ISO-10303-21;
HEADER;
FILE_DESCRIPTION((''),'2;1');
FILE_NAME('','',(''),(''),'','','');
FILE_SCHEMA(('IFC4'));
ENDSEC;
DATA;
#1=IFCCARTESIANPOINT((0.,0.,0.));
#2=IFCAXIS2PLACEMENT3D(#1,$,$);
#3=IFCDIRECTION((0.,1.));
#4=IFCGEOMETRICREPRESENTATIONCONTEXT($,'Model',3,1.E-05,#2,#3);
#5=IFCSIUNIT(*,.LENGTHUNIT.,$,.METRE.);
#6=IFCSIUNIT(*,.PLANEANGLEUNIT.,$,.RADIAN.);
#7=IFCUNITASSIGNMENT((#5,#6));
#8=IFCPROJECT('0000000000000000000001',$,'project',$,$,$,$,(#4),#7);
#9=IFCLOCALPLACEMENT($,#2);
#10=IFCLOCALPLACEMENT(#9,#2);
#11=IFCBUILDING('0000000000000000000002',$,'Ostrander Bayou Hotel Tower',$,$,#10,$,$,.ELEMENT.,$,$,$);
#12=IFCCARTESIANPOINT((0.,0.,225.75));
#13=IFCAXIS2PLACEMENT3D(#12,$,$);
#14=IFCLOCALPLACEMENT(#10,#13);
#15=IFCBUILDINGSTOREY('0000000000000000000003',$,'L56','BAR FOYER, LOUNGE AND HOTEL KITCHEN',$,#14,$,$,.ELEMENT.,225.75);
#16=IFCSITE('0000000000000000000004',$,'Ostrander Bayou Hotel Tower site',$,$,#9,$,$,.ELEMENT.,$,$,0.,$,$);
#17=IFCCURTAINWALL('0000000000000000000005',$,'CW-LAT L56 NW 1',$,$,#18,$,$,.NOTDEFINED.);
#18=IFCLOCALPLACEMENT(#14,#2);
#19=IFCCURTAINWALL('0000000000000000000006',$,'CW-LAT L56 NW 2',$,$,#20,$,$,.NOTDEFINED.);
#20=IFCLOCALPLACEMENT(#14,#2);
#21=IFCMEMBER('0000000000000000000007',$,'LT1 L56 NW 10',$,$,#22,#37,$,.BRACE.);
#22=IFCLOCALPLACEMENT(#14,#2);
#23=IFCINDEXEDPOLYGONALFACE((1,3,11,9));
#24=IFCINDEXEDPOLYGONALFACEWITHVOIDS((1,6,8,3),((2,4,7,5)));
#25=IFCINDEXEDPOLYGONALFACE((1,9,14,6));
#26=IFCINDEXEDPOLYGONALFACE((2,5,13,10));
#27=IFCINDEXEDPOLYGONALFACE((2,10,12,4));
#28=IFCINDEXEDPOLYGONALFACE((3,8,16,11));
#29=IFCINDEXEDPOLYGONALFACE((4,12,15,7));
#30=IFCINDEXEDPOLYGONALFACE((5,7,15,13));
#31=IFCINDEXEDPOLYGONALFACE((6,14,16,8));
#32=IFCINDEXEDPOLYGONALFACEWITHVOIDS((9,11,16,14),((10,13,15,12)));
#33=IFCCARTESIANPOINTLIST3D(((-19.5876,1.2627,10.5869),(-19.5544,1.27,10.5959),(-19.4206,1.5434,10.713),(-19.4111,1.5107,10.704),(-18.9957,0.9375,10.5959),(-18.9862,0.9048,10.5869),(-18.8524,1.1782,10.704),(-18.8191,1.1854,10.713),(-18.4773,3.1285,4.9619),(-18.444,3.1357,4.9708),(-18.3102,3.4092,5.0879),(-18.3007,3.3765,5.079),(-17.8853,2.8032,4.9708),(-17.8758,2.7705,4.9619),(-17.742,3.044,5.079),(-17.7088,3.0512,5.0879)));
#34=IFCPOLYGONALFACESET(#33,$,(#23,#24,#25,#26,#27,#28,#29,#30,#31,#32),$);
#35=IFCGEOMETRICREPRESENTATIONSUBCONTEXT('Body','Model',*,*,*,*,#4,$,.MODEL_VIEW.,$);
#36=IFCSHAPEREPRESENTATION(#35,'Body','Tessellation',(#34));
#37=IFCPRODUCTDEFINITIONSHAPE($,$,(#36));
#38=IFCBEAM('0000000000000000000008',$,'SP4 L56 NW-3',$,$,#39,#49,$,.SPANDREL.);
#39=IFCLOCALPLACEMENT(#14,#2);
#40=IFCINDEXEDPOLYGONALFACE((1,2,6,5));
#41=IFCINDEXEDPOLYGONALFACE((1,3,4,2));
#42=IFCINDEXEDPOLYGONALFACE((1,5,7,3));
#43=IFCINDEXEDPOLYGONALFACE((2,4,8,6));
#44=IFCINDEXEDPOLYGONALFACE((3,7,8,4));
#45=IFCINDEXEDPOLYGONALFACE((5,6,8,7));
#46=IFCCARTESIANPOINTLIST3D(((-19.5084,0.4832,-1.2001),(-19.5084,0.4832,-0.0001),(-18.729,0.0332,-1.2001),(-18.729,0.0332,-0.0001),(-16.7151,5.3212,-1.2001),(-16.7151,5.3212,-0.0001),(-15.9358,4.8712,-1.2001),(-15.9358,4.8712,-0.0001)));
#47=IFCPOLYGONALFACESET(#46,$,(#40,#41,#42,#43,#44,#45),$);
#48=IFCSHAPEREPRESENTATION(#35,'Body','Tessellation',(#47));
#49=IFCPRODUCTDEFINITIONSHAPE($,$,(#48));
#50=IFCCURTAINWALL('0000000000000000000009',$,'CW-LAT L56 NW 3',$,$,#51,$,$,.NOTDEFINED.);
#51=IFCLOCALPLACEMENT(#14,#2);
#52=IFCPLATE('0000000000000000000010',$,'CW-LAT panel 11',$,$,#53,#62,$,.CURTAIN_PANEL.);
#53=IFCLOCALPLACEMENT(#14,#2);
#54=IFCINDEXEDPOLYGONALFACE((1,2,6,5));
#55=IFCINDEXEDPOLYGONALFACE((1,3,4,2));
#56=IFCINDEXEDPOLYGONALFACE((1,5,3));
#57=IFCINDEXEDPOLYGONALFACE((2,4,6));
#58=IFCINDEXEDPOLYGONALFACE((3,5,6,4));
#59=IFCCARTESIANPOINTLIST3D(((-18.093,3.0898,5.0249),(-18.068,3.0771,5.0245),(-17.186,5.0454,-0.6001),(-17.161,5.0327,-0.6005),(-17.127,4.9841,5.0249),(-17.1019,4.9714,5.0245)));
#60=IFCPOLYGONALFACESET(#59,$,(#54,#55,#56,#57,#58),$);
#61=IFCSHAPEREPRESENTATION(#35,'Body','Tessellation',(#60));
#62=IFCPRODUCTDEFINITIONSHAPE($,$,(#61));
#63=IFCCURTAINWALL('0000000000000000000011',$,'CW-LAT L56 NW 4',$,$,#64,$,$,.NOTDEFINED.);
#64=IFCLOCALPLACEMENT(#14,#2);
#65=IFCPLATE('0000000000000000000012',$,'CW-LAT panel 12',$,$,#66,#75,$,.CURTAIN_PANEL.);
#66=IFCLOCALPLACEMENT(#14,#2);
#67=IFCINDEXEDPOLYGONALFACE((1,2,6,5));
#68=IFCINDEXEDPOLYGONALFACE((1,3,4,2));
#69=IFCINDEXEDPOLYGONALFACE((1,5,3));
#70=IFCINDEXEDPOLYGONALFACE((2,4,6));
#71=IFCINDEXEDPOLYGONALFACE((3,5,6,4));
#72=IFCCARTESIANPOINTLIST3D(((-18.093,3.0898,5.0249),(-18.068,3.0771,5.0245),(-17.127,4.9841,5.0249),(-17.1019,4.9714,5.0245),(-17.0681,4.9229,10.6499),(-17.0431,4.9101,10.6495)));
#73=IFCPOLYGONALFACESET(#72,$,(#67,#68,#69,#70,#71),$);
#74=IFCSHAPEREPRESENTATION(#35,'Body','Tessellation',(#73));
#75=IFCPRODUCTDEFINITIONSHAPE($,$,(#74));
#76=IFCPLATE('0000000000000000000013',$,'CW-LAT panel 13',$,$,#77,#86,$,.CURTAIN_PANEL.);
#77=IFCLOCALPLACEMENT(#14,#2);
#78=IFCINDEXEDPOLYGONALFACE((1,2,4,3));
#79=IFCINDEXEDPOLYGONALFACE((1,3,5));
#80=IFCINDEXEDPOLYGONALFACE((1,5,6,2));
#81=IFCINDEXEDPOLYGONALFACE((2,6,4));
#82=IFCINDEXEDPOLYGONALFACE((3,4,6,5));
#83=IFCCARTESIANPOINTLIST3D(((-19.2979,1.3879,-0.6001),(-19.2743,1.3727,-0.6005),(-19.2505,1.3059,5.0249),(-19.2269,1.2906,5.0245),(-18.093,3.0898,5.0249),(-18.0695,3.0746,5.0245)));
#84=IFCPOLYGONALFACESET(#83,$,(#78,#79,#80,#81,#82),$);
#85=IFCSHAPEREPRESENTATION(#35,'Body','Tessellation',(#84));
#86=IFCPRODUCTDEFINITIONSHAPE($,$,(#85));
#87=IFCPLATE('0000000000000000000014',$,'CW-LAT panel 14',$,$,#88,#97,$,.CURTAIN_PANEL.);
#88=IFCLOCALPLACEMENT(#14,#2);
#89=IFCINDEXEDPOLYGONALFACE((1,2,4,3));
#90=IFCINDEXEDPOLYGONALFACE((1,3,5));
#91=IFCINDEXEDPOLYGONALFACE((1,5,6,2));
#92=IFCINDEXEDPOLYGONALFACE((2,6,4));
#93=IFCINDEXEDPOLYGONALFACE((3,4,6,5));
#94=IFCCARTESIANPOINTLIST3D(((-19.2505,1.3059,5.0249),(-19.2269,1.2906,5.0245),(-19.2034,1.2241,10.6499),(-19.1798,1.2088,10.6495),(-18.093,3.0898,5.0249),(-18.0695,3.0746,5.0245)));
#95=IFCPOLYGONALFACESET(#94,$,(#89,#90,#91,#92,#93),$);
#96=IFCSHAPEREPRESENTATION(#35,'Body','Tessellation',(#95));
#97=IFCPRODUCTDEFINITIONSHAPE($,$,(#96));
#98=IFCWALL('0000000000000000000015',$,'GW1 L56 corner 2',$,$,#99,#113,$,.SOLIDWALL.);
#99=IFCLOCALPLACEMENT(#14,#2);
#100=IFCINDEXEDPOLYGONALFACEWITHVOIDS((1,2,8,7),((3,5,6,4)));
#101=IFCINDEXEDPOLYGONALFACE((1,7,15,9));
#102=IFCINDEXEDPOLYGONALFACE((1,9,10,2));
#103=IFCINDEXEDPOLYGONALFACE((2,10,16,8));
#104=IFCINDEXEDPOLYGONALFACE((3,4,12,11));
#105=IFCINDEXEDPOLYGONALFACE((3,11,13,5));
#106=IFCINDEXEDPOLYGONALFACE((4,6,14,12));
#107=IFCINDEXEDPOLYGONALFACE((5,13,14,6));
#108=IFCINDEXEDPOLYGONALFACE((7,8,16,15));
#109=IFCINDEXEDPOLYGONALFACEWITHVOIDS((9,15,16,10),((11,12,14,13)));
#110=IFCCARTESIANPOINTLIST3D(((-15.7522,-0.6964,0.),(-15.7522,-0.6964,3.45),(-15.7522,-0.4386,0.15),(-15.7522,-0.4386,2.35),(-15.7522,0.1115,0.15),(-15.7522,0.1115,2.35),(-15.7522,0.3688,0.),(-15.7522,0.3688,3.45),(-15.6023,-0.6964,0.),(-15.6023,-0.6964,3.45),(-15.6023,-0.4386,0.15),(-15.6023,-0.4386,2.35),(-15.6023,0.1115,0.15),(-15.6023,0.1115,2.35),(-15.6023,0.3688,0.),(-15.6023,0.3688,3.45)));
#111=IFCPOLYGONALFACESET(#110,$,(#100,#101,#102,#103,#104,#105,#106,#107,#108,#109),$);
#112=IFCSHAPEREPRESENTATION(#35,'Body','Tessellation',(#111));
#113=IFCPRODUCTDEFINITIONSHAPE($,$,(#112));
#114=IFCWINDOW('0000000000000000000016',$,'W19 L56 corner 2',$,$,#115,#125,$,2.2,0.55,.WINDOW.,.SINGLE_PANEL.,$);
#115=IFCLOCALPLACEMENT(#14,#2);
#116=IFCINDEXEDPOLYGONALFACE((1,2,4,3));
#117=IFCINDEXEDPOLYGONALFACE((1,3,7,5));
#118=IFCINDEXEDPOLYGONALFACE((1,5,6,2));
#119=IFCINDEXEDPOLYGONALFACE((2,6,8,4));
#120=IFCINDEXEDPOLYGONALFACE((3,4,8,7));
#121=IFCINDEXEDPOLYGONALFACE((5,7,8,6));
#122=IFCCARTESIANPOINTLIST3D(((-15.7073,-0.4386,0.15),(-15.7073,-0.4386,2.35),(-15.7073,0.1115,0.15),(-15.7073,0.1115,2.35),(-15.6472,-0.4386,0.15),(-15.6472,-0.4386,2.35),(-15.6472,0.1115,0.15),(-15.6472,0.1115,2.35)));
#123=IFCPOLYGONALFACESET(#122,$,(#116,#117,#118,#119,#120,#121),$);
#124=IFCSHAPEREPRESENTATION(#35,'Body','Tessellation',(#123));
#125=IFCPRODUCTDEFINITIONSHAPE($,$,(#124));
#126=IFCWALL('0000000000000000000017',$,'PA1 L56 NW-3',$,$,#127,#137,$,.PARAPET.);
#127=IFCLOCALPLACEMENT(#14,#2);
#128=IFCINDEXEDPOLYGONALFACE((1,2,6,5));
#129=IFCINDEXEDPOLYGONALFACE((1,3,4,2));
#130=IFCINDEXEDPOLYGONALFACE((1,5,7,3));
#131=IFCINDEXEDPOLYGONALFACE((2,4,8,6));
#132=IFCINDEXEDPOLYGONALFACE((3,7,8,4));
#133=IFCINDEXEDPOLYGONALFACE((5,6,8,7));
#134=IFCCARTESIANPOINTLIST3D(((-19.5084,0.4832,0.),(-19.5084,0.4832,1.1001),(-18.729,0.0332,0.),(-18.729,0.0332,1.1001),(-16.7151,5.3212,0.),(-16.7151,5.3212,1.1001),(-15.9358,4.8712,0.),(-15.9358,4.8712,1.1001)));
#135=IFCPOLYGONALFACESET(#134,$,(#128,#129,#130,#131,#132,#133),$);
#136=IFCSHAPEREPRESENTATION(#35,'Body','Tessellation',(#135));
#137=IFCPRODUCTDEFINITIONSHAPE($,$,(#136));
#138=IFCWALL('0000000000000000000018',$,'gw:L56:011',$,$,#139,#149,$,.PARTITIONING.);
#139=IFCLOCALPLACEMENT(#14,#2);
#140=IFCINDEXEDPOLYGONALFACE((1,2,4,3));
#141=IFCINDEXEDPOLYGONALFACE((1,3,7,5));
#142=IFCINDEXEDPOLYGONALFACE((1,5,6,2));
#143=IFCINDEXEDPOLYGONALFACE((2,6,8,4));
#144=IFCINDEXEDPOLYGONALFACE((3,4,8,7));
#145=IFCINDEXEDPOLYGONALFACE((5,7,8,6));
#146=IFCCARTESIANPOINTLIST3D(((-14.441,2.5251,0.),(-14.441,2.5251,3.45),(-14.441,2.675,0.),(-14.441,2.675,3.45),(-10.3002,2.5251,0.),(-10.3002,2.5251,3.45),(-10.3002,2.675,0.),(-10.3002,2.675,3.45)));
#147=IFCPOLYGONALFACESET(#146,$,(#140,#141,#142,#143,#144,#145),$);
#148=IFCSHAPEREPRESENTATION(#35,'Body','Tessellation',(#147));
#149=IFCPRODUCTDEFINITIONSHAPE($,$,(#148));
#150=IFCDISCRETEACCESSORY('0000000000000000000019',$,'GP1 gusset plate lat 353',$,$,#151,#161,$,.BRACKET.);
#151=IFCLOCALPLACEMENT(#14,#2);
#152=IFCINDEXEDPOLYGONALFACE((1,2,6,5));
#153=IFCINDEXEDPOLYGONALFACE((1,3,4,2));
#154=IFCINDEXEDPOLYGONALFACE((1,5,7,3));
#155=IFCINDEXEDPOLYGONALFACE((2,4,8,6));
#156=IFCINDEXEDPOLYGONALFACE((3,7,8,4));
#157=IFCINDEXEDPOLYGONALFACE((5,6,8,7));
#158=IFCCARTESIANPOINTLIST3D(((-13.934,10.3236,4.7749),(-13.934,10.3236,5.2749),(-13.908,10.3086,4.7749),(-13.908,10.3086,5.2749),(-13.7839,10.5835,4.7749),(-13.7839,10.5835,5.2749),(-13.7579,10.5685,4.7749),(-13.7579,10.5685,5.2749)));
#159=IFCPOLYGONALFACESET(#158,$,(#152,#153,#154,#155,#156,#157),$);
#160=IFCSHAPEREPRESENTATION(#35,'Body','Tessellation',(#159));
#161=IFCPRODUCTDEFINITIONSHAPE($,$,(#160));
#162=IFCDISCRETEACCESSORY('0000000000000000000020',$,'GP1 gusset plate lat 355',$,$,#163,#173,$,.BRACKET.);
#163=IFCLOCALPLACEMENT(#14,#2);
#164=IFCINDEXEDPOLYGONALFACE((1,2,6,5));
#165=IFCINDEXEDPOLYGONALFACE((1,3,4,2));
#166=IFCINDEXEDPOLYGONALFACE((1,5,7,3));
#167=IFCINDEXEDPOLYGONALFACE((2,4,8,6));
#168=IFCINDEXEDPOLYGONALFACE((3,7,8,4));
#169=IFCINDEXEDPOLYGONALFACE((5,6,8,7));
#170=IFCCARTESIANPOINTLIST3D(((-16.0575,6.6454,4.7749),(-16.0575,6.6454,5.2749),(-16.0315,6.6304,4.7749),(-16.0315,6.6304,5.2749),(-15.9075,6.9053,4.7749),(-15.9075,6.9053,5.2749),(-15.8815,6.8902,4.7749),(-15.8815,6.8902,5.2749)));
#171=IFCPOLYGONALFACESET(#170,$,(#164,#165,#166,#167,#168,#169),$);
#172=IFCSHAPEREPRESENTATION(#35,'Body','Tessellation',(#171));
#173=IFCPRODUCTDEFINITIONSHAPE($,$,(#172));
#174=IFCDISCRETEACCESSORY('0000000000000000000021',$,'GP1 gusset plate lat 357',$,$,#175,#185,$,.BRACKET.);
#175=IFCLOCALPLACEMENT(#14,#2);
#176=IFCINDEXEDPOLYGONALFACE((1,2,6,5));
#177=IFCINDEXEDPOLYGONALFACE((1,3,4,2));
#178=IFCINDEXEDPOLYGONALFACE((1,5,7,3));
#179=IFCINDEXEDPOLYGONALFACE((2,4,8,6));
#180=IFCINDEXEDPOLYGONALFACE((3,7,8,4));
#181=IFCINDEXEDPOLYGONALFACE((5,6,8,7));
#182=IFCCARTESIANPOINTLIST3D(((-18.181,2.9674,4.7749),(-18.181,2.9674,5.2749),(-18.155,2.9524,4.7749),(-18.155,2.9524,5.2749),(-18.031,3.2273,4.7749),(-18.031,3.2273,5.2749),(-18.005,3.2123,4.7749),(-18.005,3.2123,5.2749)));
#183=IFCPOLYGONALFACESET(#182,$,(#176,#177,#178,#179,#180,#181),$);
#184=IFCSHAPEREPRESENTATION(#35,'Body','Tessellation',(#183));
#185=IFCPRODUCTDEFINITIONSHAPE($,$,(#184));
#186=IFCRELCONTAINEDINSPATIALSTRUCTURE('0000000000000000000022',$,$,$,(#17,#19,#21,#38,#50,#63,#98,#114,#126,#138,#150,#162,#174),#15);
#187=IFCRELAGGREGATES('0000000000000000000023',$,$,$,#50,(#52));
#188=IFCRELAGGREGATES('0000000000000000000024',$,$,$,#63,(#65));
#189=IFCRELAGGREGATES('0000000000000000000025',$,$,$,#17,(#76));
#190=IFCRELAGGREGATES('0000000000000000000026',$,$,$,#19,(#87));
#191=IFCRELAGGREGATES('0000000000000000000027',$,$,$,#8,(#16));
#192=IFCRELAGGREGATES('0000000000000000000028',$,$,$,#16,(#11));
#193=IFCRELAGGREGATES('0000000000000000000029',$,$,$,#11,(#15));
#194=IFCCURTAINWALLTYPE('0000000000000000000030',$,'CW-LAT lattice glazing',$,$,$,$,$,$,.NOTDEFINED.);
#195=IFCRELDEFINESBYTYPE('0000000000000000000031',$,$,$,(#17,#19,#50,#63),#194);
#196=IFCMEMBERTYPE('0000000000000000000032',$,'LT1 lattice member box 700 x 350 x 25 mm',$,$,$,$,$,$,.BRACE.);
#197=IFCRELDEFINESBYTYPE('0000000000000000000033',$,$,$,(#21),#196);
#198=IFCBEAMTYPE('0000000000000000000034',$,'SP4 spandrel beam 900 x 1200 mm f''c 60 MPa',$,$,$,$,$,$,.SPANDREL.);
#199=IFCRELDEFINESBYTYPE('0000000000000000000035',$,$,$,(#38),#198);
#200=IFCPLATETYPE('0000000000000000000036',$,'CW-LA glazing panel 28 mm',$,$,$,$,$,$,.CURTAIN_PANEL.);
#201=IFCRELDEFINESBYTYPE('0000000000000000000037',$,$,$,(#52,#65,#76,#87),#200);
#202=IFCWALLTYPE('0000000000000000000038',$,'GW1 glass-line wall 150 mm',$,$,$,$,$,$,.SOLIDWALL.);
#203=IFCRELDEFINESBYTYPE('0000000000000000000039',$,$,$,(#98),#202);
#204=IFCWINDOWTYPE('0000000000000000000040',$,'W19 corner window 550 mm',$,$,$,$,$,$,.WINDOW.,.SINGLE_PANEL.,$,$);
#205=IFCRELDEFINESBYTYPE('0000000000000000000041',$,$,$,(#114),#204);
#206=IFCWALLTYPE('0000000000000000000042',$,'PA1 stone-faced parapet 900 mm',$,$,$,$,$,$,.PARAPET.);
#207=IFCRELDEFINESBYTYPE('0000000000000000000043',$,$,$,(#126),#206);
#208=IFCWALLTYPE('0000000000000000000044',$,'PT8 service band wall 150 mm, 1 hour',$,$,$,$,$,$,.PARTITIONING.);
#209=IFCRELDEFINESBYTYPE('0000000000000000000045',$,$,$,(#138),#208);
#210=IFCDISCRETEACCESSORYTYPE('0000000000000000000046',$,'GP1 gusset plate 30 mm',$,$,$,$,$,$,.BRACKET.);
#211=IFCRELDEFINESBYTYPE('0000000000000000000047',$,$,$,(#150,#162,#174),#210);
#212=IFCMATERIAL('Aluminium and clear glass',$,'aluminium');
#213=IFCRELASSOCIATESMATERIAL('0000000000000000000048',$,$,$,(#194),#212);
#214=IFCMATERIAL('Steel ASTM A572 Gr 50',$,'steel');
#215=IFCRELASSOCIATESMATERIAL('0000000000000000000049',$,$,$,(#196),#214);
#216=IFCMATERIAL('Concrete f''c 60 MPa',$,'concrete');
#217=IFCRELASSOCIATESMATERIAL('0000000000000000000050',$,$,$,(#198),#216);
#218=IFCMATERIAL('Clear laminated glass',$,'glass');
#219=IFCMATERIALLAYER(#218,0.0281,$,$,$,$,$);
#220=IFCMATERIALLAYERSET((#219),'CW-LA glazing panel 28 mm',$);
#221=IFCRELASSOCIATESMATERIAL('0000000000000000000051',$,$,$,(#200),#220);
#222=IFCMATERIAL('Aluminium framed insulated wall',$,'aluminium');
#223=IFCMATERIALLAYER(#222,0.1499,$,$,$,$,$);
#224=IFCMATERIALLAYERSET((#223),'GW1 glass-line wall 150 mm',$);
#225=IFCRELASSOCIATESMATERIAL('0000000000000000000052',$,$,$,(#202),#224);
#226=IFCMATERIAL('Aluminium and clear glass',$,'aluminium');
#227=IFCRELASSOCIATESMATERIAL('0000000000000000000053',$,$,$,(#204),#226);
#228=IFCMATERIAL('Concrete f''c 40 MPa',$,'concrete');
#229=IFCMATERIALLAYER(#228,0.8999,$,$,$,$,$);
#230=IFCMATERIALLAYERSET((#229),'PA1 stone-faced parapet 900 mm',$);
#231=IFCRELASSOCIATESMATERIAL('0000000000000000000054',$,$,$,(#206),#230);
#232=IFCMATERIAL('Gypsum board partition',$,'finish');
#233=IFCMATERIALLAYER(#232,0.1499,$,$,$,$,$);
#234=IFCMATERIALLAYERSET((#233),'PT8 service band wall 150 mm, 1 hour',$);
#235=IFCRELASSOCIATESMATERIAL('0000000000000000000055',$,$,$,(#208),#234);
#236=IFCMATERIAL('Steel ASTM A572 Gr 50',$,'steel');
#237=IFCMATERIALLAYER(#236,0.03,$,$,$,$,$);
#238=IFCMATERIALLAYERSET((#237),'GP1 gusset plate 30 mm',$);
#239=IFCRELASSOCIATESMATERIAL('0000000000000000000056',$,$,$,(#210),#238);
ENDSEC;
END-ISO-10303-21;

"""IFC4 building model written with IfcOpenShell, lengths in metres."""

from ifc_helpers import new_model, si_unit, direction, frame, frame_2d, origin, origin_2d, place, context, subcontext, project, spatial, polyline, rectangle, hollow_rectangle, outline, extrude, material, layer, layer_set, material_profile, profile_set, type_object, element, fill, aggregate, save


model = new_model("IFC4")

# Units and contexts
model_context = context("Model", 3, precision=1e-05, world=origin(), true_north=direction((0.0, 1.0)))
body_context = subcontext(model_context, "Body", "Model", "MODEL_VIEW")
ifc_project = project(units=[si_unit("LENGTHUNIT", "METRE"), si_unit("PLANEANGLEUNIT", "RADIAN")], contexts=[model_context])

# Site, building, storey
site_placement = place(None, origin())
site = spatial("IfcSite", under=ifc_project, at=site_placement, Name="Ostrander Bayou Hotel Tower site", CompositionType="ELEMENT", RefElevation=0.0)
building_placement = place(site_placement, origin())
building = spatial("IfcBuilding", under=site, at=building_placement, Name="Ostrander Bayou Hotel Tower", CompositionType="ELEMENT")
storey_placement = place(building_placement, frame((0.0, 0.0, 225.75)))
storey = spatial("IfcBuildingStorey", under=building, at=storey_placement, Name="L56", Description="BAR FOYER, LOUNGE AND HOTEL KITCHEN", CompositionType="ELEMENT", Elevation=225.75)

# Curtain wall
ifc_material_1 = material(Name="Aluminium and clear glass", Category="aluminium")
curtain_wall_type = type_object("IfcCurtainWallType", Name="CW-LAT lattice glazing", PredefinedType="NOTDEFINED", material=ifc_material_1)
curtain_wall_1_placement = place(storey_placement, origin())
curtain_wall_1 = element("IfcCurtainWall", 1, at=curtain_wall_1_placement, inside=storey, type_object=curtain_wall_type, Name="CW-LAT L56 NW 1", PredefinedType="NOTDEFINED")

# Curtain wall
curtain_wall_2_placement = place(storey_placement, origin())
curtain_wall_2 = element("IfcCurtainWall", 2, at=curtain_wall_2_placement, inside=storey, type_object=curtain_wall_type, Name="CW-LAT L56 NW 2", PredefinedType="NOTDEFINED")

# Member
ifc_material_2 = material(Name="Steel ASTM A572 Gr 50", Category="steel")
ifc_material_profile_1 = material_profile(ifc_material_2, hollow_rectangle(XDim=0.7, YDim=0.3501, WallThickness=0.0249, at=origin_2d()))
ifc_profile_set_1 = profile_set([ifc_material_profile_1], Name="Steel ASTM A572 Gr 50")
member_type_1 = type_object("IfcMemberType", Name="LT1 lattice member box 700 x 350 x 25 mm", PredefinedType="BRACE", material=ifc_profile_set_1)
member_1_placement = place(storey_placement, frame((-18.093, 3.0898, 5.0249), z_axis=(-0.184154, -0.309434, 0.932919), x_axis=(0.859333, -0.511417, 0.0)))
element("IfcMember", 3, at=member_1_placement, inside=storey, type_object=member_type_1, Name="LT1 L56 NW 10", PredefinedType="BRACE", context=body_context, shape_type="SweptSolid", body=[
    extrude(hollow_rectangle(XDim=0.7, YDim=0.3501, WallThickness=0.0249, at=origin_2d()), origin(), (0.0, 0.0, 1.0), 6.0295),
])

# Beam
ifc_material_3 = material(Name="Concrete f'c 60 MPa", Category="concrete")
ifc_material_profile_2 = material_profile(ifc_material_3, rectangle(XDim=0.8999, YDim=1.2, at=origin_2d()))
ifc_profile_set_2 = profile_set([ifc_material_profile_2], Name="Concrete f'c 60 MPa")
beam_type_1 = type_object("IfcBeamType", Name="SP4 spandrel beam 900 x 1200 mm f'c 60 MPa", PredefinedType="SPANDREL", material=ifc_profile_set_2)
beam_1_placement = place(storey_placement, frame((-16.3254, 5.0962, -0.6001), z_axis=(-0.500007, -0.866021, 0.0), x_axis=(0.866021, -0.500007, 0.0)))
element("IfcBeam", 4, at=beam_1_placement, inside=storey, type_object=beam_type_1, Name="SP4 L56 NW-3", PredefinedType="SPANDREL", context=body_context, shape_type="SweptSolid", body=[
    extrude(rectangle(XDim=0.8999, YDim=1.2, at=origin_2d()), origin(), (0.0, 0.0, 1.0), 5.5864),
])

# Curtain walls, plates
curtain_wall_3_placement = place(storey_placement, origin())
curtain_wall_3 = element("IfcCurtainWall", 5, at=curtain_wall_3_placement, inside=storey, type_object=curtain_wall_type, Name="CW-LAT L56 NW 3", PredefinedType="NOTDEFINED")
ifc_material_4 = material(Name="Clear laminated glass", Category="glass")
ifc_layer_1 = layer(ifc_material_4, 0.0281)
ifc_layer_set_1 = layer_set([ifc_layer_1], Name="CW-LA glazing panel 28 mm")
plate_type = type_object("IfcPlateType", Name="CW-LA glazing panel 28 mm", PredefinedType="CURTAIN_PANEL", material=ifc_layer_set_1)
plate_1_placement = place(storey_placement, frame((-18.093, 3.0898, 5.0249), z_axis=(-0.890748, 0.454271, 0.014305), x_axis=(0.150564, 0.324634, -0.933779)))
plate_1 = element("IfcPlate", 6, at=plate_1_placement, type_object=plate_type, Name="CW-LAT panel 11", PredefinedType="CURTAIN_PANEL", context=body_context, shape_type="SweptSolid", body=[
    extrude(outline(polyline([(0.0, 0.0), (6.0239, 0.0), (0.7604, -1.9858), (0.0, 0.0)])), origin(), (0.0, 0.0, -1.0), 0.0281),
])
aggregate(curtain_wall_3, [plate_1])
curtain_wall_4_placement = place(storey_placement, origin())
curtain_wall_4 = element("IfcCurtainWall", 7, at=curtain_wall_4_placement, inside=storey, type_object=curtain_wall_type, Name="CW-LAT L56 NW 4", PredefinedType="NOTDEFINED")
plate_2_placement = place(storey_placement, frame((-18.093, 3.0898, 5.0249), z_axis=(-0.890749, 0.454272, 0.014266), x_axis=(0.170696, 0.305285, 0.936837)))
plate_2 = element("IfcPlate", 8, at=plate_2_placement, type_object=plate_type, Name="CW-LAT panel 12", PredefinedType="CURTAIN_PANEL", context=body_context, shape_type="SweptSolid", body=[
    extrude(outline(polyline([(0.0, 0.0), (6.0042, 0.0), (0.7432, 1.9923), (0.0, 0.0)])), origin(), (0.0, 0.0, -1.0), 0.0281),
])
aggregate(curtain_wall_4, [plate_2])

# Plates
plate_3_placement = place(storey_placement, frame((-18.093, 3.0898, 5.0249), z_axis=(-0.838797, 0.544237, 0.015), x_axis=(-0.200837, -0.283695, -0.937647)))
plate_3 = element("IfcPlate", 9, at=plate_3_placement, type_object=plate_type, Name="CW-LAT panel 13", PredefinedType="CURTAIN_PANEL", context=body_context, shape_type="SweptSolid", body=[
    extrude(outline(polyline([(0.0, 0.0), (5.9991, 0.0), (0.7386, 1.9942), (0.0, 0.0)])), origin(), (0.0, 0.0, -1.0), 0.0281),
])
aggregate(curtain_wall_1, [plate_3])
plate_4_placement = place(storey_placement, frame((-18.093, 3.0898, 5.0249), z_axis=(-0.838798, 0.544237, 0.01494), x_axis=(-0.184154, -0.309434, 0.932919)))
plate_4 = element("IfcPlate", 10, at=plate_4_placement, type_object=plate_type, Name="CW-LAT panel 14", PredefinedType="CURTAIN_PANEL", context=body_context, shape_type="SweptSolid", body=[
    extrude(outline(polyline([(0.0, 0.0), (6.0295, 0.0), (0.7652, -1.9841), (0.0, 0.0)])), origin(), (0.0, 0.0, -1.0), 0.0281),
])
aggregate(curtain_wall_2, [plate_4])

# Wall, opening, window
ifc_material_5 = material(Name="Aluminium framed insulated wall", Category="aluminium")
ifc_layer_2 = layer(ifc_material_5, 0.1499)
ifc_layer_set_2 = layer_set([ifc_layer_2], Name="GW1 glass-line wall 150 mm")
wall_type_1 = type_object("IfcWallType", Name="GW1 glass-line wall 150 mm", PredefinedType="SOLIDWALL", material=ifc_layer_set_2)
wall_1_placement = place(storey_placement, frame((-15.6772, 0.3689, 0.0), z_axis=(0.0, 0.0, 1.0), x_axis=(0.0, -1.0, 0.0)))
wall_1 = element("IfcWall", 11, at=wall_1_placement, inside=storey, type_object=wall_type_1, Name="GW1 L56 corner 2", PredefinedType="SOLIDWALL", context=body_context, shape_type="SweptSolid", body=[
    extrude(rectangle(XDim=1.0652, YDim=0.1499, at=frame_2d((0.5327, 0.0))), origin(), (0.0, 0.0, 1.0), 3.45),
])
opening_placement = place(wall_1_placement, frame((0.2576, 0.0, 0.1499)))
opening = element("IfcOpeningElement", 12, at=opening_placement, cuts=wall_1, PredefinedType="OPENING", context=body_context, shape_type="SweptSolid", body=[
    extrude(rectangle(XDim=0.55, YDim=2.2, at=frame_2d((0.2749, 1.1001))), frame((0.0, 0.075, 0.0), z_axis=(0.0, -1.0, 0.0), x_axis=(1.0, 0.0, 0.0)), (0.0, 0.0, 1.0), 0.1499),
])
ifc_material_6 = material(Name="Aluminium and clear glass", Category="aluminium")
window_type = type_object("IfcWindowType", Name="W19 corner window 550 mm", PartitioningType="SINGLE_PANEL", PredefinedType="WINDOW", material=ifc_material_6)
window_placement = place(opening_placement, origin())
window = element("IfcWindow", 13, at=window_placement, inside=storey, type_object=window_type, Name="W19 L56 corner 2", OverallHeight=2.2, OverallWidth=0.55, PartitioningType="SINGLE_PANEL", PredefinedType="WINDOW", context=body_context, shape_type="SweptSolid", body=[
    extrude(rectangle(XDim=0.55, YDim=2.2, at=frame_2d((0.2749, 1.1001))), frame((0.0, 0.03, 0.0), z_axis=(0.0, -1.0, 0.0), x_axis=(1.0, 0.0, 0.0)), (0.0, 0.0, 1.0), 0.0601),
])
fill(opening, window)

# Walls
ifc_material_7 = material(Name="Concrete f'c 40 MPa", Category="concrete")
ifc_layer_3 = layer(ifc_material_7, 0.8999)
ifc_layer_set_3 = layer_set([ifc_layer_3], Name="PA1 stone-faced parapet 900 mm")
wall_type_2 = type_object("IfcWallType", Name="PA1 stone-faced parapet 900 mm", PredefinedType="PARAPET", material=ifc_layer_set_3)
wall_2_placement = place(storey_placement, frame((-16.3254, 5.0962, 0.0), z_axis=(0.0, 0.0, 1.0), x_axis=(-0.500007, -0.866021, 0.0)))
element("IfcWall", 14, at=wall_2_placement, inside=storey, type_object=wall_type_2, Name="PA1 L56 NW-3", PredefinedType="PARAPET", context=body_context, shape_type="SweptSolid", body=[
    extrude(rectangle(XDim=5.5864, YDim=0.8999, at=frame_2d((2.7932, 0.0))), origin(), (0.0, 0.0, 1.0), 1.1001),
])
ifc_material_8 = material(Name="Gypsum board partition", Category="finish")
ifc_layer_4 = layer(ifc_material_8, 0.1499)
ifc_layer_set_4 = layer_set([ifc_layer_4], Name="PT8 service band wall 150 mm, 1 hour")
wall_type_3 = type_object("IfcWallType", Name="PT8 service band wall 150 mm, 1 hour", PredefinedType="PARTITIONING", material=ifc_layer_set_4)
wall_3_placement = place(storey_placement, frame((-14.4409, 2.6001, 0.0), z_axis=(0.0, 0.0, 1.0), x_axis=(1.0, 0.0, 0.0)))
element("IfcWall", 15, at=wall_3_placement, inside=storey, type_object=wall_type_3, Name="gw:L56:011", PredefinedType="PARTITIONING", context=body_context, shape_type="SweptSolid", body=[
    extrude(rectangle(XDim=4.1409, YDim=0.1499, at=frame_2d((2.0703, 0.0))), origin(), (0.0, 0.0, 1.0), 3.45),
])

# Discrete accessories
ifc_material_9 = material(Name="Steel ASTM A572 Gr 50", Category="steel")
ifc_layer_5 = layer(ifc_material_9, 0.03)
ifc_layer_set_5 = layer_set([ifc_layer_5], Name="GP1 gusset plate 30 mm")
discrete_accessory_type = type_object("IfcDiscreteAccessoryType", Name="GP1 gusset plate 30 mm", PredefinedType="BRACKET", material=ifc_layer_set_5)
for number, where, z_axis, x_axis, name in (
    (16, (-13.8459, 10.446, 4.7749), (0.0, 0.0, 1.0), (-0.5, -0.866025, 0.0), "GP1 gusset plate lat 353"),
    (17, (-15.9695, 6.7678, 4.7749), (0.0, 0.0, 1.0), (-0.5, -0.866025, 0.0), "GP1 gusset plate lat 355"),
    (18, (-18.093, 3.0898, 4.7749), (0.0, 0.0, 1.0), (-0.5, -0.866025, 0.0), "GP1 gusset plate lat 357"),
):
    element("IfcDiscreteAccessory", number, at=place(storey_placement, frame(where, z_axis=z_axis, x_axis=x_axis)), inside=storey, type_object=discrete_accessory_type, Name=name, PredefinedType="BRACKET", context=body_context, shape_type="SweptSolid", body=[
        extrude(rectangle(XDim=0.3, YDim=0.03, at=origin_2d()), origin(), (0.0, 0.0, 1.0), 0.5),
    ])

save(model, "model.ifc")
